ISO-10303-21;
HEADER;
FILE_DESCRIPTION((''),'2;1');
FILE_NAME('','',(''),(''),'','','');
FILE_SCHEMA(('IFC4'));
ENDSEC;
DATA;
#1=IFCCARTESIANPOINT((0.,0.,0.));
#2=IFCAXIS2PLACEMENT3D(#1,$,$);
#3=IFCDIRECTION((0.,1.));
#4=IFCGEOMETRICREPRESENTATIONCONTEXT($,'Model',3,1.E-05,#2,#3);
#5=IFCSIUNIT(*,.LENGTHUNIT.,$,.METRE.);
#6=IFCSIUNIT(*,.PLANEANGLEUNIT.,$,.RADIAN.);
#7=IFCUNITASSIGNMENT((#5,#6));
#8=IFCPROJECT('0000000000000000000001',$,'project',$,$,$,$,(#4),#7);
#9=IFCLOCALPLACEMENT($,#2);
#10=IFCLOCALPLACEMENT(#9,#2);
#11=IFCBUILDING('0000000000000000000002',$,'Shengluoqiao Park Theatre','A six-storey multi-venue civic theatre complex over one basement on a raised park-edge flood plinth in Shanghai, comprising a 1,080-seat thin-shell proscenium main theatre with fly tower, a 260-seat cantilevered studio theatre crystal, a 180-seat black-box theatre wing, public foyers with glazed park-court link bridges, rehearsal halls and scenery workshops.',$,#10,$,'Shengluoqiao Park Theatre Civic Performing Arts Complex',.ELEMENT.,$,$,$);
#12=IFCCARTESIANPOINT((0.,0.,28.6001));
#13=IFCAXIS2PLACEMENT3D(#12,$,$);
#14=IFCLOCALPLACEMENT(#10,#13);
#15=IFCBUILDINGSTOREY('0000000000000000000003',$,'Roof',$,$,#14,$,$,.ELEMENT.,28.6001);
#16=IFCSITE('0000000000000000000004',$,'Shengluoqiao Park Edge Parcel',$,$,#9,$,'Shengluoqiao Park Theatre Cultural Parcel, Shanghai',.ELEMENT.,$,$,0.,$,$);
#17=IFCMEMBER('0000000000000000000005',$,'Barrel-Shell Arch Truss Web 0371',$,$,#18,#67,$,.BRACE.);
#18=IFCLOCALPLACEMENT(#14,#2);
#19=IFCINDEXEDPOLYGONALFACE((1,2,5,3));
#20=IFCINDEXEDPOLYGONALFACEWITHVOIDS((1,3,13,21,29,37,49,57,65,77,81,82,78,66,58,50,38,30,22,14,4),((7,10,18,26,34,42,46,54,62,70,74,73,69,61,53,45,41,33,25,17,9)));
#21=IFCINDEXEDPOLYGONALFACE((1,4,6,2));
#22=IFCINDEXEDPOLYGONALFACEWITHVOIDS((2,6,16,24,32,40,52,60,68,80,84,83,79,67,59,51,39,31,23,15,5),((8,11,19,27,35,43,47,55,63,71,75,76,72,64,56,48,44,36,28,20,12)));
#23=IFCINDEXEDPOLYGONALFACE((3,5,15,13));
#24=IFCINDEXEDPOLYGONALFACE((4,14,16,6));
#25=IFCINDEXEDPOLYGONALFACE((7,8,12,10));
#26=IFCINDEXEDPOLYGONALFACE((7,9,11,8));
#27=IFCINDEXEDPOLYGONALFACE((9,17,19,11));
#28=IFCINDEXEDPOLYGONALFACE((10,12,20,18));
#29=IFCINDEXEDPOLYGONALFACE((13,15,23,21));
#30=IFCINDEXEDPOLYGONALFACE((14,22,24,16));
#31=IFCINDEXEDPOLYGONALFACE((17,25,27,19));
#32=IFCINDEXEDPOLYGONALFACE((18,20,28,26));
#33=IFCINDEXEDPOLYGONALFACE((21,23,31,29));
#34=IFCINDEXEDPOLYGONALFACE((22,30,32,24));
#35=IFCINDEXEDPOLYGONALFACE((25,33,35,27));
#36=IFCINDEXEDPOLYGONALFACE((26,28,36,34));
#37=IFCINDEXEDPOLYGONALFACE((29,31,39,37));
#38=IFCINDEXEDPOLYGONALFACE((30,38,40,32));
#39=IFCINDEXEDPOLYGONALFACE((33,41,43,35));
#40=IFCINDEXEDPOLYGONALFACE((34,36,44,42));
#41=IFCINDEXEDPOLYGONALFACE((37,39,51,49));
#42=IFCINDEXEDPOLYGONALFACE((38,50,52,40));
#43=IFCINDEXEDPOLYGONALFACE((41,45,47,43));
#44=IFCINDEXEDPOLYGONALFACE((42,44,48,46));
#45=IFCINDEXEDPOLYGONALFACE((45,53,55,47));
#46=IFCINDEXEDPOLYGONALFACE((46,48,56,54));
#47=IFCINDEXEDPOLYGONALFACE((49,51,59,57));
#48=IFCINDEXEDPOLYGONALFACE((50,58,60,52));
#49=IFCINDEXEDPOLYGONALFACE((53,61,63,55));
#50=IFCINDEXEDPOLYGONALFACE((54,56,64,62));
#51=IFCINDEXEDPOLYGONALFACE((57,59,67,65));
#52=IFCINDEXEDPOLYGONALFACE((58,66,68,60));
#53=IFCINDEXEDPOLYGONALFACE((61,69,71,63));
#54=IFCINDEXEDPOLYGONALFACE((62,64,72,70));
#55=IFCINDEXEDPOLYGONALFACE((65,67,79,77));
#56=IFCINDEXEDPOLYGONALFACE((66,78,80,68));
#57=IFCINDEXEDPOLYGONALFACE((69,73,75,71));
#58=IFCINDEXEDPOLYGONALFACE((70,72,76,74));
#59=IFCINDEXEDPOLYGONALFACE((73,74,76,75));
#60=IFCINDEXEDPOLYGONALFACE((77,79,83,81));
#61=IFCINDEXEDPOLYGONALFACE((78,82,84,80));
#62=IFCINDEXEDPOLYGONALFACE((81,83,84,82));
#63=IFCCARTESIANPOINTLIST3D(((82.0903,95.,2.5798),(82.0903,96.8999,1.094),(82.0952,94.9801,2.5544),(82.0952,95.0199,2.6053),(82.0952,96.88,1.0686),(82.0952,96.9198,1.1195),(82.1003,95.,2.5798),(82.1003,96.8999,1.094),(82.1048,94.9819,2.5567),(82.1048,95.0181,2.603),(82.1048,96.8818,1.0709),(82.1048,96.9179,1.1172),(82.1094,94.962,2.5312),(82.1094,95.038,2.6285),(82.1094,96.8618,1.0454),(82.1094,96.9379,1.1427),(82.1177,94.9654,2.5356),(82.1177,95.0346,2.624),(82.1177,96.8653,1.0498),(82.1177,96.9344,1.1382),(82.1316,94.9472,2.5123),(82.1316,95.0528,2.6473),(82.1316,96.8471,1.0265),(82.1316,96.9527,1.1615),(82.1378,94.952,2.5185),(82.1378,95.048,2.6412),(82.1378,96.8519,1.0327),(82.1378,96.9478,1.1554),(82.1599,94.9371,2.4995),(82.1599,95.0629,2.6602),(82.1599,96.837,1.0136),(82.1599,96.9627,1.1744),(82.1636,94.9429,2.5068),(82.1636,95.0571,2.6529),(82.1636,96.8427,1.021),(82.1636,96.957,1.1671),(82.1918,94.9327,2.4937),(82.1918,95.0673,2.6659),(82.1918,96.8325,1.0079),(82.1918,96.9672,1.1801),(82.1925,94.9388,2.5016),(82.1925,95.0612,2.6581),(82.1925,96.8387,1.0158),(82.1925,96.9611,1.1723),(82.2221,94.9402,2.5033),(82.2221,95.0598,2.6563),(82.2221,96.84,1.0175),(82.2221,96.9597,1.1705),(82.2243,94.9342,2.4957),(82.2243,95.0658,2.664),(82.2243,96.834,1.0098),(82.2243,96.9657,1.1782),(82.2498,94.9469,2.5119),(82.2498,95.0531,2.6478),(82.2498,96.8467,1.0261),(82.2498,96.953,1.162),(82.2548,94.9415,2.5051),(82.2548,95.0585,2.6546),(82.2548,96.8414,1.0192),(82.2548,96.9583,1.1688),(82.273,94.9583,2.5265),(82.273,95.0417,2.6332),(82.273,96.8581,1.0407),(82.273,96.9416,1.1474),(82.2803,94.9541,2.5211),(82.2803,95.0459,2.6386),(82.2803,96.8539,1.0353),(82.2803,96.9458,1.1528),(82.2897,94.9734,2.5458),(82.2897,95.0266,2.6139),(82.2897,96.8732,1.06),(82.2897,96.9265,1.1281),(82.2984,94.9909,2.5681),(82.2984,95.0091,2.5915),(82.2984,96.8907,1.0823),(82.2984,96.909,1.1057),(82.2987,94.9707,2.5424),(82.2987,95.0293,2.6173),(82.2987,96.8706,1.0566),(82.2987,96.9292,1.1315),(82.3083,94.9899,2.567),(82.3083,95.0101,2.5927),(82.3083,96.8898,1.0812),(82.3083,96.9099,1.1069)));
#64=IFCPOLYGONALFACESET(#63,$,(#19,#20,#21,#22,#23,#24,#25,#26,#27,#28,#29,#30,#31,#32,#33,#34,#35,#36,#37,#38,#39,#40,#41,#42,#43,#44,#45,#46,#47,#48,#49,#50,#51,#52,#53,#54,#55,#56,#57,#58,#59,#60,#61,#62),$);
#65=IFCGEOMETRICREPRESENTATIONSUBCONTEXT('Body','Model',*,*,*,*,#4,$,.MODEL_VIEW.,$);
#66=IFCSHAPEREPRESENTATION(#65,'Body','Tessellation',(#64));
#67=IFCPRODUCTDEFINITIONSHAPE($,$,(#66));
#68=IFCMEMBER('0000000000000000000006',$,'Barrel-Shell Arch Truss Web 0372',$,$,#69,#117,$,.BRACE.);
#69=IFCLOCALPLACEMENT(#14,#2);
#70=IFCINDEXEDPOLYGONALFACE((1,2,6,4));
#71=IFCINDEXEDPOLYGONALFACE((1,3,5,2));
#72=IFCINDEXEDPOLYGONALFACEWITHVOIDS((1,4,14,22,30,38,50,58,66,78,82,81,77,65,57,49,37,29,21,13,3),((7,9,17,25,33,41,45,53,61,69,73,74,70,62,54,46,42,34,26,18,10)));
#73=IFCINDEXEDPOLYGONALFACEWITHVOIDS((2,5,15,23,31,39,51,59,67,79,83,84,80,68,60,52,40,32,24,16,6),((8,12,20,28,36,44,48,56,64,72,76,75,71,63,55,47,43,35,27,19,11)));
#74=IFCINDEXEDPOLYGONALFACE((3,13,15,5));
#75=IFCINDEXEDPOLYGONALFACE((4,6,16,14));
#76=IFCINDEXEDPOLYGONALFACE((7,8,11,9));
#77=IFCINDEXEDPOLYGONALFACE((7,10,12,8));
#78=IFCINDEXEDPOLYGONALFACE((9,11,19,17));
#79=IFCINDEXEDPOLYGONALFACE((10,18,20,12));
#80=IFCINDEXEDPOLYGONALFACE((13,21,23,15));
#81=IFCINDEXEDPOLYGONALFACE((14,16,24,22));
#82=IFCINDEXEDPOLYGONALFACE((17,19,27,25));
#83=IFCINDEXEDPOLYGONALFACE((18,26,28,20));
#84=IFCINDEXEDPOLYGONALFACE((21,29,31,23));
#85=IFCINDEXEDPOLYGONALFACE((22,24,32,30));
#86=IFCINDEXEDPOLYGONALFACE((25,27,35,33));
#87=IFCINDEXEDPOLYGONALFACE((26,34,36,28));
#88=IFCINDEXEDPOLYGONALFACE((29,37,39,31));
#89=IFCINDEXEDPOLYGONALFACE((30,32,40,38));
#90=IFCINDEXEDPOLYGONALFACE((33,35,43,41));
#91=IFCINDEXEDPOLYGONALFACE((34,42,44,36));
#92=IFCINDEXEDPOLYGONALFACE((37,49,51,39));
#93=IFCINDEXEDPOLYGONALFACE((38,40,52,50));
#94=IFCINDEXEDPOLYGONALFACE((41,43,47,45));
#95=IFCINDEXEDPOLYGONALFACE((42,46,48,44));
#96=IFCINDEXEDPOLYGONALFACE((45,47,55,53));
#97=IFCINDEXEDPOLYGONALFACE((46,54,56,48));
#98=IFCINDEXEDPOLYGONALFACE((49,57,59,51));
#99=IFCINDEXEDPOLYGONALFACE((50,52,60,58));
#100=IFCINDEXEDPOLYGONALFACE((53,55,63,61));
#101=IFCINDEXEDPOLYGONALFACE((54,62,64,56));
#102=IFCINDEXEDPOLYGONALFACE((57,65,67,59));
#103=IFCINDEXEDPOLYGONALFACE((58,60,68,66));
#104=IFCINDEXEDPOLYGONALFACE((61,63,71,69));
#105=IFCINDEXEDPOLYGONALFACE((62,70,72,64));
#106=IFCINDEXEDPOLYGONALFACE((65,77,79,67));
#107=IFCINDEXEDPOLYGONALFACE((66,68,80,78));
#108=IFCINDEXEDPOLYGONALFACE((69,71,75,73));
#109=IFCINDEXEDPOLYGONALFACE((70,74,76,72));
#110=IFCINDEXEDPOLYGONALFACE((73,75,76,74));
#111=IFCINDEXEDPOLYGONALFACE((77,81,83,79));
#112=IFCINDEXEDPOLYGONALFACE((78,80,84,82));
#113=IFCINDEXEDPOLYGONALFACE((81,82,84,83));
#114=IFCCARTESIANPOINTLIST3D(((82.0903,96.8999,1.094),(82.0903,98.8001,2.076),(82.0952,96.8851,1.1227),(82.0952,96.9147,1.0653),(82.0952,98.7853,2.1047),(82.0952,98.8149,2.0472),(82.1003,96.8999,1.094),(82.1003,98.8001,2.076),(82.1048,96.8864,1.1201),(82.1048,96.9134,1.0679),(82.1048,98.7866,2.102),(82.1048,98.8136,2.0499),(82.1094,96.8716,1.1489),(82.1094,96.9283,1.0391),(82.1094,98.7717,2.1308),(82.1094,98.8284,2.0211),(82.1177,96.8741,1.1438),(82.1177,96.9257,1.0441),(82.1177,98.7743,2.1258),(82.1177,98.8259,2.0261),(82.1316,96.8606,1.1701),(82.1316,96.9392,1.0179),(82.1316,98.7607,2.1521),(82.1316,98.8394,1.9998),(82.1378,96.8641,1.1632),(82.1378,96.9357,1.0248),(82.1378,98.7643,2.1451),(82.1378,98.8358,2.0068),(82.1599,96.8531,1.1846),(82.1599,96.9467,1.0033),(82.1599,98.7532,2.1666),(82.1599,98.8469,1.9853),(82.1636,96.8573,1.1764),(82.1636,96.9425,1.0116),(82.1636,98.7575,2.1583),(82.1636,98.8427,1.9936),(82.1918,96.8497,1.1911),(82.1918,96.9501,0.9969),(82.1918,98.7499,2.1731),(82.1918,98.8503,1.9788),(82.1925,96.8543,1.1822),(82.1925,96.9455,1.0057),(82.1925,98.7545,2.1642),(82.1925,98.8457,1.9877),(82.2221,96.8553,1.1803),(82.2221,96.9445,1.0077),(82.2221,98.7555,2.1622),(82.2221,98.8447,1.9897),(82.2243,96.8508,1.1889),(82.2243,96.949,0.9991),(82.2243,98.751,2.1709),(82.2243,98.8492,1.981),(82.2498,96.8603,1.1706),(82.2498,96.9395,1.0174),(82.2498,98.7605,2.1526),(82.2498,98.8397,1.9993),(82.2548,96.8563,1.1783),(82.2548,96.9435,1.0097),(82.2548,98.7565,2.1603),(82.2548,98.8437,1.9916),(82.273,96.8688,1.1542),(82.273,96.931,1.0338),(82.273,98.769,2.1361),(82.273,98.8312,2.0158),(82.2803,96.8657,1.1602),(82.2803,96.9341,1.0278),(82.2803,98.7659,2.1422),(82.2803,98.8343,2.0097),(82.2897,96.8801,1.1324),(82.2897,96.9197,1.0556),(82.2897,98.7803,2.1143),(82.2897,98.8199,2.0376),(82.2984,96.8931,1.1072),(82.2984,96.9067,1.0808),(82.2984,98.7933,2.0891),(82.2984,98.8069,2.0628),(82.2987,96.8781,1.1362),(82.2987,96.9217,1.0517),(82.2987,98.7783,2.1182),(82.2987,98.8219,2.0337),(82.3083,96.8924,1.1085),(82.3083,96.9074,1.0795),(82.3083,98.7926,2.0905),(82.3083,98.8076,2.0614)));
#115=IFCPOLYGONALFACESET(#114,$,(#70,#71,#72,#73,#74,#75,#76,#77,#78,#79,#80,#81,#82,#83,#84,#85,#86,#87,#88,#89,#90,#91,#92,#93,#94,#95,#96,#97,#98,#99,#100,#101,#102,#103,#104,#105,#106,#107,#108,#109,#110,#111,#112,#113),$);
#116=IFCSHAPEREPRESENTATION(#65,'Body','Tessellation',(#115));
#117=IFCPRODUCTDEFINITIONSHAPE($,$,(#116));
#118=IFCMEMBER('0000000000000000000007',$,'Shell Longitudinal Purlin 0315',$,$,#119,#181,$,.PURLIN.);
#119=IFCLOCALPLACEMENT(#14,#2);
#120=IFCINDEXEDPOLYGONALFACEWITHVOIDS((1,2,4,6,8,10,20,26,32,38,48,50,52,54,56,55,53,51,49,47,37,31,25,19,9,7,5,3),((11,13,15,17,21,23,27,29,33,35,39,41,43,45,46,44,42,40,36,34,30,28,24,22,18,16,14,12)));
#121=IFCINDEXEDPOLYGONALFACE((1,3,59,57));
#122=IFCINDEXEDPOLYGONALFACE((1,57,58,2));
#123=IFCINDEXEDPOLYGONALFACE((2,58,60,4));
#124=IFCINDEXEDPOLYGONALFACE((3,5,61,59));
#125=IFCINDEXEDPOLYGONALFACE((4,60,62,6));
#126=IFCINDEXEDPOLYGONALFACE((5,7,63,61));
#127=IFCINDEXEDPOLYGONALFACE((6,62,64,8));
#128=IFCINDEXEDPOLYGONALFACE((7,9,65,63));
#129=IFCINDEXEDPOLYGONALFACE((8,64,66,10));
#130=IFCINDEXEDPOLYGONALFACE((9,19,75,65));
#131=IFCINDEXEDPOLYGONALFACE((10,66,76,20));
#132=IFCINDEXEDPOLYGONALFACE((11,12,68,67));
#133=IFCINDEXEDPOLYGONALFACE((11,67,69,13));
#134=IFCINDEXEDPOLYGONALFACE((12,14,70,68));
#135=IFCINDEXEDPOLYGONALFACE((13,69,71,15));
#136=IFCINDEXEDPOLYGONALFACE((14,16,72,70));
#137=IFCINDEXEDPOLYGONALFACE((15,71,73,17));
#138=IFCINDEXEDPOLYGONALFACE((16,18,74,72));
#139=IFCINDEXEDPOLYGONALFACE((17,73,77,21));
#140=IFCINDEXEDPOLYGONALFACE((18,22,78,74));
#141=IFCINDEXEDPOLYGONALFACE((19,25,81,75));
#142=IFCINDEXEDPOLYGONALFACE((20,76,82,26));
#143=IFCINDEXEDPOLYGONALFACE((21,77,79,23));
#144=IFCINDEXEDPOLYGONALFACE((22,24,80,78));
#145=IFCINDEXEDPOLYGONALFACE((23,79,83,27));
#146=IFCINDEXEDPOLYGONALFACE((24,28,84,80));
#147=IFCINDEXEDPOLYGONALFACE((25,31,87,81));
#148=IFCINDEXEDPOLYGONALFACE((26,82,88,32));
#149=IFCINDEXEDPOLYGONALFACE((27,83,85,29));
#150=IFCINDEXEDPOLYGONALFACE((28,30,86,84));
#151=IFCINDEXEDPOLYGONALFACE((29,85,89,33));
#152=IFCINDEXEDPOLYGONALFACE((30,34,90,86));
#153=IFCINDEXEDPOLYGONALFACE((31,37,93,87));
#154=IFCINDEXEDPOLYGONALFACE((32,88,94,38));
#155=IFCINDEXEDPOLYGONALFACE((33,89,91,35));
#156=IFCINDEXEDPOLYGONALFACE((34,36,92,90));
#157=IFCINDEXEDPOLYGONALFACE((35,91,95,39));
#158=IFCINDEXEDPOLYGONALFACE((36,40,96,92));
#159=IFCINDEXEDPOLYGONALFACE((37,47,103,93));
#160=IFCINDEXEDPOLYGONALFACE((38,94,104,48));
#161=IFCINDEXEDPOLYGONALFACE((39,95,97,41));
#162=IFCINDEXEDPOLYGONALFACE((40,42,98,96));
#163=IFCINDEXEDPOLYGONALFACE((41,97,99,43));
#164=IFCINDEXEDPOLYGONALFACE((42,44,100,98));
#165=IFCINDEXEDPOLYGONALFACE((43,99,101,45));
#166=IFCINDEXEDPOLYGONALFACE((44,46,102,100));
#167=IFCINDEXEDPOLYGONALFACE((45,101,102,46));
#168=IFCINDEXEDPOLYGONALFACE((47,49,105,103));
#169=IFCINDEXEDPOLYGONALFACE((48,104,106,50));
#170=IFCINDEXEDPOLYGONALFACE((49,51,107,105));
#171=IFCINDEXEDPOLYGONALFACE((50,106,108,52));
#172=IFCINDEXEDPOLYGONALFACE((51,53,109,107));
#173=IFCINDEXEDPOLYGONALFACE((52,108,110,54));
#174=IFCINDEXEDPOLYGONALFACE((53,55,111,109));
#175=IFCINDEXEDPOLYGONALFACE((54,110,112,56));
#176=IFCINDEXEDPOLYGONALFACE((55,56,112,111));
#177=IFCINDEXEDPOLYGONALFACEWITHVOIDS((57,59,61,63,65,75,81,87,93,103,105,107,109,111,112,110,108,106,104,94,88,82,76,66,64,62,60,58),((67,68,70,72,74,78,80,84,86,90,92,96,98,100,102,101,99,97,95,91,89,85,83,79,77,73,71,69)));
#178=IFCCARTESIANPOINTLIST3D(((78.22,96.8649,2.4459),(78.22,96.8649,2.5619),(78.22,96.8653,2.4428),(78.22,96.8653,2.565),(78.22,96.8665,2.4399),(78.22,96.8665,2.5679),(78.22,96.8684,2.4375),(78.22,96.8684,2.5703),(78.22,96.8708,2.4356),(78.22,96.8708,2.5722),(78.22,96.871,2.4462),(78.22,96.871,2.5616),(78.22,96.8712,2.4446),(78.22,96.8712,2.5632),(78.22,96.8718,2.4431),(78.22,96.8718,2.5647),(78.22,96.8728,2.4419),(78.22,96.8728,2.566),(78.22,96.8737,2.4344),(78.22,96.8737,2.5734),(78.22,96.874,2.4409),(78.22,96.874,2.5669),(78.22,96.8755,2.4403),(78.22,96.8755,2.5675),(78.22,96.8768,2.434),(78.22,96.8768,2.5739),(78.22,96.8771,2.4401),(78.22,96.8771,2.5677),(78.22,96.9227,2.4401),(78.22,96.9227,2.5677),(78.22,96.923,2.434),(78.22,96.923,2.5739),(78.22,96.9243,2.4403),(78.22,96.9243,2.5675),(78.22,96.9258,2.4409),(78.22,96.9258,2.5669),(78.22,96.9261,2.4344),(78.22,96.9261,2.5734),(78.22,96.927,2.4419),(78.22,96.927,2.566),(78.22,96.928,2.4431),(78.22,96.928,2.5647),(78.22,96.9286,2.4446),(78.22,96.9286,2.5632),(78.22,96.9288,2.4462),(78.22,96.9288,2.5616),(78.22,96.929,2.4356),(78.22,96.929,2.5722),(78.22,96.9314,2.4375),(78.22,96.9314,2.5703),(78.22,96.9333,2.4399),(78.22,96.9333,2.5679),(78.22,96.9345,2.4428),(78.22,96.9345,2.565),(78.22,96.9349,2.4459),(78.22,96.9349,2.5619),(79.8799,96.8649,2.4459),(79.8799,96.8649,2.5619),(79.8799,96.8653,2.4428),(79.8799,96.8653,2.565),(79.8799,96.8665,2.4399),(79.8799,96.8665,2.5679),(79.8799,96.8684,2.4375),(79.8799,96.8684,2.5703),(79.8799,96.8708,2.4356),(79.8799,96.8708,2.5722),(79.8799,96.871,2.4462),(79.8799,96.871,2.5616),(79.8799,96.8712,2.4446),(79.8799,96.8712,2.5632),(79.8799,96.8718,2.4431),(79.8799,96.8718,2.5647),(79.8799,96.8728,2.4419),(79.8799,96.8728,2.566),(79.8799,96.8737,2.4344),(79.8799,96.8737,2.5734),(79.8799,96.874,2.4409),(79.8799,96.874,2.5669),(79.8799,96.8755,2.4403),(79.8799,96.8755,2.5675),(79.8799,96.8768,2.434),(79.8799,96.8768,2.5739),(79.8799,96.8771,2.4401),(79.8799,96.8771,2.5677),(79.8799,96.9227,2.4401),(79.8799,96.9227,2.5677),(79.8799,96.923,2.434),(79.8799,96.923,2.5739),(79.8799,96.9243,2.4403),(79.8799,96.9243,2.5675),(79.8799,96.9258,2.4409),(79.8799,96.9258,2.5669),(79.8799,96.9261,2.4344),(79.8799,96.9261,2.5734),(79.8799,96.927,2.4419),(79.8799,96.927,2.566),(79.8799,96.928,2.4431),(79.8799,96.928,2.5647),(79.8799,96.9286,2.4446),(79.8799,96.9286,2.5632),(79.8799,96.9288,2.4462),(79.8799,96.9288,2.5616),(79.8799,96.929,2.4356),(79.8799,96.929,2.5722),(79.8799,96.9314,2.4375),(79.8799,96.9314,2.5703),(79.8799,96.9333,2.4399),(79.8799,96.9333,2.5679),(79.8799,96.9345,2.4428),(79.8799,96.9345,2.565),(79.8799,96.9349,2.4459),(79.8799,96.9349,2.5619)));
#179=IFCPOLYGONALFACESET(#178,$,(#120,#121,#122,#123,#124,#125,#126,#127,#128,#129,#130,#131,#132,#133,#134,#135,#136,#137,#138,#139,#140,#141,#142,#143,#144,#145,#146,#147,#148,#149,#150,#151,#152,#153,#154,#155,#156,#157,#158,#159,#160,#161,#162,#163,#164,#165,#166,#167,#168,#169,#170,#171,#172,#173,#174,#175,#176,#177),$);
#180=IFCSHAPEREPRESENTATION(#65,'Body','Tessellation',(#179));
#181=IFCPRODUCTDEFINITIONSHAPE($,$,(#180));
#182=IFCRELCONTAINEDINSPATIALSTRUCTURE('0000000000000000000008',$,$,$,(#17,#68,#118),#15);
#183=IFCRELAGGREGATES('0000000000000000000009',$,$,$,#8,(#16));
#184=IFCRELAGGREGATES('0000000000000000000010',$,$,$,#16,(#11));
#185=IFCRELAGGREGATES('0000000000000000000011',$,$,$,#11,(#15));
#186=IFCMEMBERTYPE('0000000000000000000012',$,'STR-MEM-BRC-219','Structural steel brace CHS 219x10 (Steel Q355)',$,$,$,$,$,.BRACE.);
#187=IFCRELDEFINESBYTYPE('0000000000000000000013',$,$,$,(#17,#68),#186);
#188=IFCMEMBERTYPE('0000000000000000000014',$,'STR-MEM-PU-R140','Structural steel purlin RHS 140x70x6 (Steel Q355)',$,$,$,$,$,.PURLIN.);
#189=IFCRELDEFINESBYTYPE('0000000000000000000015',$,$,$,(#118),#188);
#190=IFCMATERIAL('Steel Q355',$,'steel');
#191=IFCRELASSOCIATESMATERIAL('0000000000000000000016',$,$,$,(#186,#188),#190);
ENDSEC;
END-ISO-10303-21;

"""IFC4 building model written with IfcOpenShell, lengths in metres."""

from ifc_helpers import new_model, si_unit, direction, frame, origin, origin_2d, place, context, subcontext, project, spatial, hollow_rectangle, hollow_circle, extrude, material, material_profile, profile_set, type_object, element, save


model = new_model("IFC4")

# Units and contexts
model_context = context("Model", 3, precision=1e-05, world=origin(), true_north=direction((0.0, 1.0)))
body_context = subcontext(model_context, "Body", "Model", "MODEL_VIEW")
ifc_project = project(units=[si_unit("LENGTHUNIT", "METRE"), si_unit("PLANEANGLEUNIT", "RADIAN")], contexts=[model_context])

# Site, building, storey
site_placement = place(None, origin())
site = spatial("IfcSite", under=ifc_project, at=site_placement, Name="Shengluoqiao Park Edge Parcel", LongName="Shengluoqiao Park Theatre Cultural Parcel, Shanghai", CompositionType="ELEMENT", RefElevation=0.0)
building_placement = place(site_placement, origin())
building = spatial("IfcBuilding", under=site, at=building_placement, Name="Shengluoqiao Park Theatre", Description="A six-storey multi-venue civic theatre complex over one basement on a raised park-edge flood plinth in Shanghai, comprising a 1,080-seat thin-shell proscenium main theatre with fly tower, a 260-seat cantilevered studio theatre crystal, a 180-seat black-box theatre wing, public foyers with glazed park-court link bridges, rehearsal halls and scenery workshops.", LongName="Shengluoqiao Park Theatre Civic Performing Arts Complex", CompositionType="ELEMENT")
storey_placement = place(building_placement, frame((0.0, 0.0, 28.6001)))
storey = spatial("IfcBuildingStorey", under=building, at=storey_placement, Name="Roof", CompositionType="ELEMENT", Elevation=28.6001)

# Shared definitions
ifc_material_1 = material(Name="Steel Q355", Category="steel")

# Members
ifc_material_profile_1 = material_profile(ifc_material_1, hollow_circle(Radius=0.1096, WallThickness=0.01, at=origin_2d()), Name="CHS 219x10")
ifc_profile_set_1 = profile_set([ifc_material_profile_1], Name="Steel Q355")
member_type_1 = type_object("IfcMemberType", Name="STR-MEM-BRC-219", Description="Structural steel brace CHS 219x10 (Steel Q355)", PredefinedType="BRACE", material=ifc_profile_set_1)
member_1_placement = place(storey_placement, frame((82.2, 95.0, 2.5798), z_axis=(0.0, 0.787714, -0.616041), x_axis=(-1.0, 0.0, 0.0)))
element("IfcMember", 1, at=member_1_placement, inside=storey, type_object=member_type_1, Name="Barrel-Shell Arch Truss Web 0371", PredefinedType="BRACE", context=body_context, shape_type="SweptSolid", body=[
    extrude(hollow_circle(Radius=0.1096, WallThickness=0.01, at=origin_2d()), origin(), (0.0, 0.0, 1.0), 2.4119),
])
member_2_placement = place(storey_placement, frame((82.2, 96.8999, 1.094), z_axis=(0.0, 0.888389, 0.459091), x_axis=(-1.0, 0.0, 0.0)))
element("IfcMember", 2, at=member_2_placement, inside=storey, type_object=member_type_1, Name="Barrel-Shell Arch Truss Web 0372", PredefinedType="BRACE", context=body_context, shape_type="SweptSolid", body=[
    extrude(hollow_circle(Radius=0.1096, WallThickness=0.01, at=origin_2d()), origin(), (0.0, 0.0, 1.0), 2.1389),
])
ifc_material_profile_2 = material_profile(ifc_material_1, hollow_rectangle(XDim=0.0701, YDim=0.1399, WallThickness=0.0061, InnerFilletRadius=0.0061, OuterFilletRadius=0.012, at=origin_2d()), Name="RHS 140x70x6")
ifc_profile_set_2 = profile_set([ifc_material_profile_2], Name="Steel Q355")
member_type_2 = type_object("IfcMemberType", Name="STR-MEM-PU-R140", Description="Structural steel purlin RHS 140x70x6 (Steel Q355)", PredefinedType="PURLIN", material=ifc_profile_set_2)
member_3_placement = place(storey_placement, frame((78.22, 96.8999, 2.5039), z_axis=(1.0, 0.0, 0.0), x_axis=(0.0, 1.0, 0.0)))
element("IfcMember", 3, at=member_3_placement, inside=storey, type_object=member_type_2, Name="Shell Longitudinal Purlin 0315", PredefinedType="PURLIN", context=body_context, shape_type="SweptSolid", body=[
    extrude(hollow_rectangle(XDim=0.0701, YDim=0.1399, WallThickness=0.0061, InnerFilletRadius=0.0061, OuterFilletRadius=0.012, at=origin_2d()), origin(), (0.0, 0.0, 1.0), 1.6599),
])

save(model, "model.ifc")
